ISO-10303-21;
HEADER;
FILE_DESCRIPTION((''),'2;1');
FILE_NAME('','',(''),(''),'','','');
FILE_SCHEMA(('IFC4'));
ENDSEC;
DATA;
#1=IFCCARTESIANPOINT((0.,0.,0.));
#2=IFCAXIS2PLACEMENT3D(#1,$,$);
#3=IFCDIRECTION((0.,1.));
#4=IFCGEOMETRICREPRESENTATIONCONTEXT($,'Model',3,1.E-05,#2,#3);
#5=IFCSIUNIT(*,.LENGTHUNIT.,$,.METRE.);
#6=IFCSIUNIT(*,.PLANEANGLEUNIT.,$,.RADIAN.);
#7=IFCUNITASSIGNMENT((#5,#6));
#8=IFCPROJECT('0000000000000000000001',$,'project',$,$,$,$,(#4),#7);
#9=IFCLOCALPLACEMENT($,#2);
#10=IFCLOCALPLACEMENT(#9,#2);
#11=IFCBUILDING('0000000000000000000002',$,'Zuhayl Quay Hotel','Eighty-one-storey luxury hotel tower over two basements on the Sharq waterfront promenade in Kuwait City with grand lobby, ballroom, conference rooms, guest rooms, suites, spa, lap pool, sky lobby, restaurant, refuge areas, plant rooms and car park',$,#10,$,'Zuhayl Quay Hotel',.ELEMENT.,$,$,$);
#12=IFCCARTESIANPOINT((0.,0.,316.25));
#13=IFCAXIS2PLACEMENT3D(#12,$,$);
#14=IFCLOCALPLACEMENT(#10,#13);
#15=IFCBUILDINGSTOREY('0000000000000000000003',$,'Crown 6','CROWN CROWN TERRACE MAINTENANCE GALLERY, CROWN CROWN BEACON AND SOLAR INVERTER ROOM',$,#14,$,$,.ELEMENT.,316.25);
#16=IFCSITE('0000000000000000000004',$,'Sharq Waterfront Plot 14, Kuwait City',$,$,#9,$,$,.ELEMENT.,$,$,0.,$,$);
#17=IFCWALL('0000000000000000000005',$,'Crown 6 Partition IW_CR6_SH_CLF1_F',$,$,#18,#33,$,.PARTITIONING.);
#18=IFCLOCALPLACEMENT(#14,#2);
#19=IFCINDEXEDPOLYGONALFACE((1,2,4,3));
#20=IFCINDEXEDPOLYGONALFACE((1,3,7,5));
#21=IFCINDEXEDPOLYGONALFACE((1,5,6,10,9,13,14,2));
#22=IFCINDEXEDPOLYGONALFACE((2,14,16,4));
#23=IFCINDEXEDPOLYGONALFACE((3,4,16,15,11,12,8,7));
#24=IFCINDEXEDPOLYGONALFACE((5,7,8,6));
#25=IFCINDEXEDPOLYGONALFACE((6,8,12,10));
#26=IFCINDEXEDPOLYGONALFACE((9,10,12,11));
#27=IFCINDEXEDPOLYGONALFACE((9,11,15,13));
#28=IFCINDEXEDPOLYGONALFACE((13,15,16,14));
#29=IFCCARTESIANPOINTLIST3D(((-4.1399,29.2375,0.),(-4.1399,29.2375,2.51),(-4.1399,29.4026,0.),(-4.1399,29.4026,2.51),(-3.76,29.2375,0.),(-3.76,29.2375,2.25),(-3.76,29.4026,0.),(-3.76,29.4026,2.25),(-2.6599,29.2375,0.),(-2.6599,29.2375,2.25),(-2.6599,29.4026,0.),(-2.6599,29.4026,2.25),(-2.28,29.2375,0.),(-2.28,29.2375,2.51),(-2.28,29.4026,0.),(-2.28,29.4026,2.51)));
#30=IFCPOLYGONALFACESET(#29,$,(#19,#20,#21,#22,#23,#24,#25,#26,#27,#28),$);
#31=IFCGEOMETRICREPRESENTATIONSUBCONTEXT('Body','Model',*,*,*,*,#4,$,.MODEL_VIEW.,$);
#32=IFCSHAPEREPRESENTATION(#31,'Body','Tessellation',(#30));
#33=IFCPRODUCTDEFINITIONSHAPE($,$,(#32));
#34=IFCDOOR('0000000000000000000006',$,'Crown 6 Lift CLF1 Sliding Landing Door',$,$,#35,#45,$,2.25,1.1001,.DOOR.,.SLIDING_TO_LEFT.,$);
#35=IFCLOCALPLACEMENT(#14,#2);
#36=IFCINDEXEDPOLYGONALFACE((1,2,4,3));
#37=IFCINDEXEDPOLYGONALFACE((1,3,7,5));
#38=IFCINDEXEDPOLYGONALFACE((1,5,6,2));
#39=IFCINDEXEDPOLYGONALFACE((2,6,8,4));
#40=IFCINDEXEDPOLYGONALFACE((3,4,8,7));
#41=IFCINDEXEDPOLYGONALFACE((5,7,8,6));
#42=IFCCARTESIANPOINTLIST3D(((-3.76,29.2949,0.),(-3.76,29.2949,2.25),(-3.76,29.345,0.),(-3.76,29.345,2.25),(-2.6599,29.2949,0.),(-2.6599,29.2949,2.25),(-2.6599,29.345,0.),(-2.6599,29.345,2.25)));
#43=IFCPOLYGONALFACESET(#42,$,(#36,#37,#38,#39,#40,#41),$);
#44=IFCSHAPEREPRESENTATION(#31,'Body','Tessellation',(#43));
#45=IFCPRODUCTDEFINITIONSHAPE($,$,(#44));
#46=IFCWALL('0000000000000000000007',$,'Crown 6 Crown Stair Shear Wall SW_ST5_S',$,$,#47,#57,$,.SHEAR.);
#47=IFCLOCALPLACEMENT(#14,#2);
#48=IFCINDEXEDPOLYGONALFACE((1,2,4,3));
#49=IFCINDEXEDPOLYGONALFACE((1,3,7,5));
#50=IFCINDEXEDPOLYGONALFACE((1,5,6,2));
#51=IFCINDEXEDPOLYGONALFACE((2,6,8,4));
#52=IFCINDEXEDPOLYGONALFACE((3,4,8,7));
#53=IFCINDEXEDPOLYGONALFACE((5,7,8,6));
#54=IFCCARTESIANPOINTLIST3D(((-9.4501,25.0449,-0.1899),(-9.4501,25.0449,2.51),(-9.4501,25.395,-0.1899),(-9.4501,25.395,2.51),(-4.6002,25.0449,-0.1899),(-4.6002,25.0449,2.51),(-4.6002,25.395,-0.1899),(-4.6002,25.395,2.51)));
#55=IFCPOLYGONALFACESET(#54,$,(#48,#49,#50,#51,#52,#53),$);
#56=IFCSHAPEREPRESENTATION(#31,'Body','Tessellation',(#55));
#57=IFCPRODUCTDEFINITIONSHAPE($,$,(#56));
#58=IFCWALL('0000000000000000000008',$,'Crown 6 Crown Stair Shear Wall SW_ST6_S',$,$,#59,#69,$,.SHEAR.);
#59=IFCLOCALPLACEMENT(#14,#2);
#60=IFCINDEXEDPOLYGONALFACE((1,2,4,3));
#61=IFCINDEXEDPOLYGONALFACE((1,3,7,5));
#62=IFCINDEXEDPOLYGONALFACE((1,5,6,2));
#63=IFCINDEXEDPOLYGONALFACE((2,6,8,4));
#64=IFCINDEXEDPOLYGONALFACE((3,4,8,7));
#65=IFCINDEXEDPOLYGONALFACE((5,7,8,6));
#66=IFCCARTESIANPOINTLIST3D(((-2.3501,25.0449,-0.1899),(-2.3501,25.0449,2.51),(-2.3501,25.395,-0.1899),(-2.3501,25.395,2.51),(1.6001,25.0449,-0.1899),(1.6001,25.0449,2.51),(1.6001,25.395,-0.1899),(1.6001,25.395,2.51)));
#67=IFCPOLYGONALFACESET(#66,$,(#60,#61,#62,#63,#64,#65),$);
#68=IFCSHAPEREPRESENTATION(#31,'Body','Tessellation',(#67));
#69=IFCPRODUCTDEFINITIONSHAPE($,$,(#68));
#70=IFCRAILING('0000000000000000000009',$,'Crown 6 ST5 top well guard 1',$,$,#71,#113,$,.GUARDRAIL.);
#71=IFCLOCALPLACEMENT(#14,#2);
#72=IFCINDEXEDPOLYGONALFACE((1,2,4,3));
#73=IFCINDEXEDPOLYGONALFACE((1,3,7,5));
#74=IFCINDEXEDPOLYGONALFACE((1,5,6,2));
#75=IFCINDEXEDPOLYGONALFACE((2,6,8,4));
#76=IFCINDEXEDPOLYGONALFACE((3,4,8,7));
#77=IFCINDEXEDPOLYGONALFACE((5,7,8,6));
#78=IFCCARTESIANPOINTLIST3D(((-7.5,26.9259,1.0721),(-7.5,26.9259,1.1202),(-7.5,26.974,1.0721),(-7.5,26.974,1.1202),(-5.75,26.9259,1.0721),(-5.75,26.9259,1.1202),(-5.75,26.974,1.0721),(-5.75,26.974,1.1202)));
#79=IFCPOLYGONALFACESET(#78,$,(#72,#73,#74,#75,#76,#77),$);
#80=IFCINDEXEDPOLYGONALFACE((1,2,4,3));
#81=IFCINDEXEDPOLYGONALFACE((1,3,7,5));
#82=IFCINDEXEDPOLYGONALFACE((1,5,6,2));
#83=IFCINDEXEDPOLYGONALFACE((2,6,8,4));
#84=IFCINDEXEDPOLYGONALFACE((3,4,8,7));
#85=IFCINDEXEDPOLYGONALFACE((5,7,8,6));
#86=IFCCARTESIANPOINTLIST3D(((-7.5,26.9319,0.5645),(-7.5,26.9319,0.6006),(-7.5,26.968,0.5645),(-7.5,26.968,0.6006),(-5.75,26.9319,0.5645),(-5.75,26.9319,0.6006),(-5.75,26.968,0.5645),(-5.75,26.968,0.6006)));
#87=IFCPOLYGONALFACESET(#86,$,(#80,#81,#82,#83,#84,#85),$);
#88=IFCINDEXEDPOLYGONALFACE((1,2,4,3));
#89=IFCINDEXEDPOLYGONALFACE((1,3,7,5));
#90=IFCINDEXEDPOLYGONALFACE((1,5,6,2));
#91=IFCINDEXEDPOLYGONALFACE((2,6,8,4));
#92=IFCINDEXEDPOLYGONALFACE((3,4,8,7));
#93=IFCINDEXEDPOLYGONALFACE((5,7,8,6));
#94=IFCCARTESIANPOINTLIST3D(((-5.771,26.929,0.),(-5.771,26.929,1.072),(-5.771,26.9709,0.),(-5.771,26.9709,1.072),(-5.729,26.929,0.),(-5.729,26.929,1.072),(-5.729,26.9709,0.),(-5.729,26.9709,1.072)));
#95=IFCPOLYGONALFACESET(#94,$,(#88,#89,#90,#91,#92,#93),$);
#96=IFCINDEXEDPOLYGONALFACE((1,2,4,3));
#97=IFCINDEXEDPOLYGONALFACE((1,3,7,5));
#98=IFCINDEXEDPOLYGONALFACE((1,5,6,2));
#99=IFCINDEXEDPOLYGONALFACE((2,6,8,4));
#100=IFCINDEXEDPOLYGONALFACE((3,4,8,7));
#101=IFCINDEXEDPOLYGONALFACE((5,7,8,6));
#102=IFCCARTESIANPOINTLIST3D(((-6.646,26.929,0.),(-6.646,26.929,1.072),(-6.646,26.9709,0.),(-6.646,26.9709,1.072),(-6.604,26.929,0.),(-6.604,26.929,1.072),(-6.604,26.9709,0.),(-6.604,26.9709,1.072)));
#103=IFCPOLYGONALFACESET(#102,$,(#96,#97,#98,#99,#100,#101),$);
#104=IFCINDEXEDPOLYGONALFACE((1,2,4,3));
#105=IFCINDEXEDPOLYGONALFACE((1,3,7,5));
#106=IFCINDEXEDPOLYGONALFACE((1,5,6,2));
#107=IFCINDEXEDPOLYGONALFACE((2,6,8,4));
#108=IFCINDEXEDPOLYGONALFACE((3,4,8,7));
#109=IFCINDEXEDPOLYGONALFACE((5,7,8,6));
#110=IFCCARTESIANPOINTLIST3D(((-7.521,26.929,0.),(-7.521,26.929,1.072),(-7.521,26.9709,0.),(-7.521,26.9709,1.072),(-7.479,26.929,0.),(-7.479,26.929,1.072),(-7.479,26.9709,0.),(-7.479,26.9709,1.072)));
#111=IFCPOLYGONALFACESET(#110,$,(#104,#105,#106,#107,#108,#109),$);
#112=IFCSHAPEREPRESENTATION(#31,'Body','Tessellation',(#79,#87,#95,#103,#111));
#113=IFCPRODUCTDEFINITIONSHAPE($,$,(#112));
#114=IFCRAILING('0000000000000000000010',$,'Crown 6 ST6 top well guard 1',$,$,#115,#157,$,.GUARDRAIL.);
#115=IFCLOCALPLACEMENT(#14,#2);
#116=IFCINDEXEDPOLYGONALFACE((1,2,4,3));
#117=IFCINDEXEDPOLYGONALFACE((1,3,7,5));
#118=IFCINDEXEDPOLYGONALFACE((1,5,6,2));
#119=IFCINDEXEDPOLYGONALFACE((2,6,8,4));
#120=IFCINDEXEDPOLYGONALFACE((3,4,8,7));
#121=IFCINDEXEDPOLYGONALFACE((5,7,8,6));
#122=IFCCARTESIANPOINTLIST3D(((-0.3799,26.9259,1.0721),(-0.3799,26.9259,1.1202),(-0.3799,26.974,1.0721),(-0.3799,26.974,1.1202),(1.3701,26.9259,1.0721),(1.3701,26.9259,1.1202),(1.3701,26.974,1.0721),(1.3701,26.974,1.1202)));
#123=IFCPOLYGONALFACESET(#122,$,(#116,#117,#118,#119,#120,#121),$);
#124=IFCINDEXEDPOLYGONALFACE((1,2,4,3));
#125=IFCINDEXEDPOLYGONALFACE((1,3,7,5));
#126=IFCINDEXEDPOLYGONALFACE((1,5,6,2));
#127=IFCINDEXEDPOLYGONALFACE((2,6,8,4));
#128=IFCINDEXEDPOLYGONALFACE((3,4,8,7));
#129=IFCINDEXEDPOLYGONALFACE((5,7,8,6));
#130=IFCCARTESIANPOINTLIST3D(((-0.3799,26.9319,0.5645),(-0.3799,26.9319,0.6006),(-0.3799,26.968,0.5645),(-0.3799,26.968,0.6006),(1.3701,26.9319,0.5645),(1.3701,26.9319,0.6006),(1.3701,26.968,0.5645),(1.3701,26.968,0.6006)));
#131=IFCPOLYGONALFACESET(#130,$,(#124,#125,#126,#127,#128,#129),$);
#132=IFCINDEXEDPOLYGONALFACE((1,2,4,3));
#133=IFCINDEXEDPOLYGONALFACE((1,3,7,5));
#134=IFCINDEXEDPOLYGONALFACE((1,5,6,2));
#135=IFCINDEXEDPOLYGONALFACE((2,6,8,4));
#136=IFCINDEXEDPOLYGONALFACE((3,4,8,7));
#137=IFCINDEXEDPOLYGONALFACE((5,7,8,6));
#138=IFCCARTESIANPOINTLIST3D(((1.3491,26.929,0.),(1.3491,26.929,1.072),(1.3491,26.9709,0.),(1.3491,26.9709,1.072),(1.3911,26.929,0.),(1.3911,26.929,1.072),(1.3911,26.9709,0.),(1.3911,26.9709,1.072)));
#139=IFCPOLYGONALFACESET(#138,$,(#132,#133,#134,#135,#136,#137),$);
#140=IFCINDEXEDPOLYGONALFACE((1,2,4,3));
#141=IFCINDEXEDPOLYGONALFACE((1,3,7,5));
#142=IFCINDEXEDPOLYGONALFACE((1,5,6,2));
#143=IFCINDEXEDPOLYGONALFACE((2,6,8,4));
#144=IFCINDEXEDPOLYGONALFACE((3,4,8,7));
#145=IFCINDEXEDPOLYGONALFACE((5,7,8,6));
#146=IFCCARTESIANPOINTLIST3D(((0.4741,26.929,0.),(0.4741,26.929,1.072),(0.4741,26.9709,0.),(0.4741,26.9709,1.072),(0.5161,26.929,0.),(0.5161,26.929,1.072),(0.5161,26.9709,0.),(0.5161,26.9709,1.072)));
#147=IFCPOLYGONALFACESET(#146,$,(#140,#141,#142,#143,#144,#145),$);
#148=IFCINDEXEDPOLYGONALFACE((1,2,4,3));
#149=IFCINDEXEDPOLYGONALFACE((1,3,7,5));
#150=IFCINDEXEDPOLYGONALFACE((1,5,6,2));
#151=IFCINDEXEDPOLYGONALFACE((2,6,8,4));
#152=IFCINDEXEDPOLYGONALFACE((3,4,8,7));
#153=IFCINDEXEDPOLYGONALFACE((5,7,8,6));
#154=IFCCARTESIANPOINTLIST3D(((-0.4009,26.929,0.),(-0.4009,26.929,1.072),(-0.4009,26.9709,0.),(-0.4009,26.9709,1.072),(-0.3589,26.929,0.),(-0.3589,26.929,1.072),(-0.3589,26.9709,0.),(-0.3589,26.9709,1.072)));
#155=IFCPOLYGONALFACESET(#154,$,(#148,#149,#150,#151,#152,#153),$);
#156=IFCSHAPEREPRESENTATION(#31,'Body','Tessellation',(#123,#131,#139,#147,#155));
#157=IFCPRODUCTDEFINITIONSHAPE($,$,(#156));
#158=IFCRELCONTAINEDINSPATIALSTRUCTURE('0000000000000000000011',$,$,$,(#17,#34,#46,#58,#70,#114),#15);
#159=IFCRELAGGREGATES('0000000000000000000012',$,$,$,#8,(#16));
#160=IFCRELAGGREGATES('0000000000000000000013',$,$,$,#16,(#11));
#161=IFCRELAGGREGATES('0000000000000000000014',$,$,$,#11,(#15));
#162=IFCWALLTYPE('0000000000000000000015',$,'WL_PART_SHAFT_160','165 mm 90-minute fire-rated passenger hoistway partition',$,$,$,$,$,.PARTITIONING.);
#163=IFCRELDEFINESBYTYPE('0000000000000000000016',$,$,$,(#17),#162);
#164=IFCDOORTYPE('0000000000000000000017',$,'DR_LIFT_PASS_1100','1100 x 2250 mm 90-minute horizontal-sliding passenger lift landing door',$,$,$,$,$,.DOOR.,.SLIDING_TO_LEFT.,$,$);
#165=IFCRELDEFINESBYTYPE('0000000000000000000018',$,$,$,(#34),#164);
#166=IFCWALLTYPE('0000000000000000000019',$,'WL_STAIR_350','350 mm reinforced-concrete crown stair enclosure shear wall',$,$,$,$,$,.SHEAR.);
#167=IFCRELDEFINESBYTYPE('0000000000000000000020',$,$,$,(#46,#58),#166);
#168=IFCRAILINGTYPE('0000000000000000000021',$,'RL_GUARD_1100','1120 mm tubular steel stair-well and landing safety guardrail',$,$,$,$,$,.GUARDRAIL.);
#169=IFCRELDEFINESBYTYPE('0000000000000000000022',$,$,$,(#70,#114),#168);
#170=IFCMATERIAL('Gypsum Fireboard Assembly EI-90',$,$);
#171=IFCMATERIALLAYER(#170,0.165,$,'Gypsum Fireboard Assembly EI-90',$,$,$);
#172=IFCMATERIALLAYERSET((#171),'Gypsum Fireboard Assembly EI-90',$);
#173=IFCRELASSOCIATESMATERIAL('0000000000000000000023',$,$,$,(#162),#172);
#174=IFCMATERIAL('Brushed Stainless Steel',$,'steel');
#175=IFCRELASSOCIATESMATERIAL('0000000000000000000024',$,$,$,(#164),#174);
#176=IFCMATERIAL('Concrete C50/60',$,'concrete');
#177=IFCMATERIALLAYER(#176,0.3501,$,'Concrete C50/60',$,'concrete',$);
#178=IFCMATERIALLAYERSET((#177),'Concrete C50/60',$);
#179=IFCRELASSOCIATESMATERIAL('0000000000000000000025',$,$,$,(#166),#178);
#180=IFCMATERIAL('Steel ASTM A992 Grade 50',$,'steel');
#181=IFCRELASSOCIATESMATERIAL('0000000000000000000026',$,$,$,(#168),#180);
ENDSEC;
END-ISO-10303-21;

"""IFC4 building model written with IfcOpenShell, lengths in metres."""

from ifc_helpers import new_model, si_unit, direction, frame, frame_2d, origin, origin_2d, place, context, subcontext, project, spatial, rectangle, extrude, material, layer, layer_set, type_object, element, fill, save


model = new_model("IFC4")

# Units and contexts
model_context = context("Model", 3, precision=1e-05, world=origin(), true_north=direction((0.0, 1.0)))
body_context = subcontext(model_context, "Body", "Model", "MODEL_VIEW")
ifc_project = project(units=[si_unit("LENGTHUNIT", "METRE"), si_unit("PLANEANGLEUNIT", "RADIAN")], contexts=[model_context])

# Site, building, storey
site_placement = place(None, origin())
site = spatial("IfcSite", under=ifc_project, at=site_placement, Name="Sharq Waterfront Plot 14, Kuwait City", CompositionType="ELEMENT", RefElevation=0.0)
building_placement = place(site_placement, origin())
building = spatial("IfcBuilding", under=site, at=building_placement, Name="Zuhayl Quay Hotel", Description="Eighty-one-storey luxury hotel tower over two basements on the Sharq waterfront promenade in Kuwait City with grand lobby, ballroom, conference rooms, guest rooms, suites, spa, lap pool, sky lobby, restaurant, refuge areas, plant rooms and car park", LongName="Zuhayl Quay Hotel", CompositionType="ELEMENT")
storey_placement = place(building_placement, frame((0.0, 0.0, 316.25)))
storey = spatial("IfcBuildingStorey", under=building, at=storey_placement, Name="Crown 6", Description="CROWN CROWN TERRACE MAINTENANCE GALLERY, CROWN CROWN BEACON AND SOLAR INVERTER ROOM", CompositionType="ELEMENT", Elevation=316.25)

# Shared definitions
ifc_material_1 = material(Name="Steel ASTM A992 Grade 50", Category="steel")

# Wall, opening, door
ifc_material_2 = material(Name="Gypsum Fireboard Assembly EI-90")
ifc_layer_1 = layer(ifc_material_2, 0.165, Name="Gypsum Fireboard Assembly EI-90")
ifc_layer_set_1 = layer_set([ifc_layer_1], Name="Gypsum Fireboard Assembly EI-90")
wall_type_1 = type_object("IfcWallType", Name="WL_PART_SHAFT_160", Description="165 mm 90-minute fire-rated passenger hoistway partition", PredefinedType="PARTITIONING", material=ifc_layer_set_1)
wall_1_placement = place(storey_placement, frame((-4.1399, 29.3201, 0.0), z_axis=(0.0, 0.0, 1.0), x_axis=(1.0, 0.0, 0.0)))
wall_1 = element("IfcWall", 1, at=wall_1_placement, inside=storey, type_object=wall_type_1, Name="Crown 6 Partition IW_CR6_SH_CLF1_F", PredefinedType="PARTITIONING", context=body_context, shape_type="SweptSolid", body=[
    extrude(rectangle(XDim=1.8599, YDim=0.165, at=frame_2d((0.9299, 0.0))), origin(), (0.0, 0.0, 1.0), 2.51),
])
opening_placement = place(wall_1_placement, frame((0.3799, 0.0, 0.0)))
opening = element("IfcOpeningElement", 2, at=opening_placement, cuts=wall_1, PredefinedType="OPENING", context=body_context, shape_type="SweptSolid", body=[
    extrude(rectangle(XDim=1.1001, YDim=2.25, at=frame_2d((0.55, 1.125))), frame((0.0, 0.0925, 0.0), z_axis=(0.0, -1.0, 0.0), x_axis=(1.0, 0.0, 0.0)), (0.0, 0.0, 1.0), 0.1851),
])
ifc_material_3 = material(Name="Brushed Stainless Steel", Category="steel")
door_type = type_object("IfcDoorType", Name="DR_LIFT_PASS_1100", Description="1100 x 2250 mm 90-minute horizontal-sliding passenger lift landing door", OperationType="SLIDING_TO_LEFT", PredefinedType="DOOR", material=ifc_material_3)
door_placement = place(opening_placement, origin())
door = element("IfcDoor", 3, at=door_placement, inside=storey, type_object=door_type, Name="Crown 6 Lift CLF1 Sliding Landing Door", OperationType="SLIDING_TO_LEFT", OverallHeight=2.25, OverallWidth=1.1001, PredefinedType="DOOR", context=body_context, shape_type="SweptSolid", body=[
    extrude(rectangle(XDim=1.1001, YDim=2.25, at=frame_2d((0.55, 1.125))), frame((0.0, 0.0249, 0.0), z_axis=(0.0, -1.0, 0.0), x_axis=(1.0, 0.0, 0.0)), (0.0, 0.0, 1.0), 0.05),
])
fill(opening, door)

# Walls
ifc_material_4 = material(Name="Concrete C50/60", Category="concrete")
ifc_layer_2 = layer(ifc_material_4, 0.3501, Name="Concrete C50/60", Category="concrete")
ifc_layer_set_2 = layer_set([ifc_layer_2], Name="Concrete C50/60")
wall_type_2 = type_object("IfcWallType", Name="WL_STAIR_350", Description="350 mm reinforced-concrete crown stair enclosure shear wall", PredefinedType="SHEAR", material=ifc_layer_set_2)
wall_2_placement = place(storey_placement, frame((-9.45, 25.22, -0.1899), z_axis=(0.0, 0.0, 1.0), x_axis=(1.0, 0.0, 0.0)))
element("IfcWall", 4, at=wall_2_placement, inside=storey, type_object=wall_type_2, Name="Crown 6 Crown Stair Shear Wall SW_ST5_S", PredefinedType="SHEAR", context=body_context, shape_type="SweptSolid", body=[
    extrude(rectangle(XDim=4.8499, YDim=0.3501, at=frame_2d((2.4248, 0.0))), origin(), (0.0, 0.0, 1.0), 2.7),
])
wall_3_placement = place(storey_placement, frame((-2.3501, 25.22, -0.1899), z_axis=(0.0, 0.0, 1.0), x_axis=(1.0, 0.0, 0.0)))
element("IfcWall", 5, at=wall_3_placement, inside=storey, type_object=wall_type_2, Name="Crown 6 Crown Stair Shear Wall SW_ST6_S", PredefinedType="SHEAR", context=body_context, shape_type="SweptSolid", body=[
    extrude(rectangle(XDim=3.9502, YDim=0.3501, at=frame_2d((1.9751, 0.0))), origin(), (0.0, 0.0, 1.0), 2.7),
])

# Railings
railing_type = type_object("IfcRailingType", Name="RL_GUARD_1100", Description="1120 mm tubular steel stair-well and landing safety guardrail", PredefinedType="GUARDRAIL", material=ifc_material_1)
for number, where, name in (
    (6, (-5.75, 26.95, 0.0), "Crown 6 ST5 top well guard 1"),
    (7, (1.3701, 26.95, 0.0), "Crown 6 ST6 top well guard 1"),
):
    element("IfcRailing", number, at=place(storey_placement, frame(where)), inside=storey, type_object=railing_type, Name=name, PredefinedType="GUARDRAIL", context=body_context, shape_type="SweptSolid", body=[
        extrude(rectangle(XDim=0.0481, YDim=0.0481, at=origin_2d()), frame((0.0, 0.0, 1.0962), z_axis=(-1.0, 0.0, 0.0), x_axis=(0.0, -1.0, 0.0)), (0.0, 0.0, 1.0), 1.75),
        extrude(rectangle(XDim=0.0361, YDim=0.0361, at=origin_2d()), frame((0.0, 0.0, 0.5825), z_axis=(-1.0, 0.0, 0.0), x_axis=(0.0, -1.0, 0.0)), (0.0, 0.0, 1.0), 1.75),
        extrude(rectangle(XDim=0.042, YDim=0.042, at=origin_2d()), origin(), (0.0, 0.0, 1.0), 1.072),
        extrude(rectangle(XDim=0.042, YDim=0.042, at=origin_2d()), frame((-0.875, 0.0, 0.0)), (0.0, 0.0, 1.0), 1.072),
        extrude(rectangle(XDim=0.042, YDim=0.042, at=origin_2d()), frame((-1.75, 0.0, 0.0)), (0.0, 0.0, 1.0), 1.072),
    ])

save(model, "model.ifc")
